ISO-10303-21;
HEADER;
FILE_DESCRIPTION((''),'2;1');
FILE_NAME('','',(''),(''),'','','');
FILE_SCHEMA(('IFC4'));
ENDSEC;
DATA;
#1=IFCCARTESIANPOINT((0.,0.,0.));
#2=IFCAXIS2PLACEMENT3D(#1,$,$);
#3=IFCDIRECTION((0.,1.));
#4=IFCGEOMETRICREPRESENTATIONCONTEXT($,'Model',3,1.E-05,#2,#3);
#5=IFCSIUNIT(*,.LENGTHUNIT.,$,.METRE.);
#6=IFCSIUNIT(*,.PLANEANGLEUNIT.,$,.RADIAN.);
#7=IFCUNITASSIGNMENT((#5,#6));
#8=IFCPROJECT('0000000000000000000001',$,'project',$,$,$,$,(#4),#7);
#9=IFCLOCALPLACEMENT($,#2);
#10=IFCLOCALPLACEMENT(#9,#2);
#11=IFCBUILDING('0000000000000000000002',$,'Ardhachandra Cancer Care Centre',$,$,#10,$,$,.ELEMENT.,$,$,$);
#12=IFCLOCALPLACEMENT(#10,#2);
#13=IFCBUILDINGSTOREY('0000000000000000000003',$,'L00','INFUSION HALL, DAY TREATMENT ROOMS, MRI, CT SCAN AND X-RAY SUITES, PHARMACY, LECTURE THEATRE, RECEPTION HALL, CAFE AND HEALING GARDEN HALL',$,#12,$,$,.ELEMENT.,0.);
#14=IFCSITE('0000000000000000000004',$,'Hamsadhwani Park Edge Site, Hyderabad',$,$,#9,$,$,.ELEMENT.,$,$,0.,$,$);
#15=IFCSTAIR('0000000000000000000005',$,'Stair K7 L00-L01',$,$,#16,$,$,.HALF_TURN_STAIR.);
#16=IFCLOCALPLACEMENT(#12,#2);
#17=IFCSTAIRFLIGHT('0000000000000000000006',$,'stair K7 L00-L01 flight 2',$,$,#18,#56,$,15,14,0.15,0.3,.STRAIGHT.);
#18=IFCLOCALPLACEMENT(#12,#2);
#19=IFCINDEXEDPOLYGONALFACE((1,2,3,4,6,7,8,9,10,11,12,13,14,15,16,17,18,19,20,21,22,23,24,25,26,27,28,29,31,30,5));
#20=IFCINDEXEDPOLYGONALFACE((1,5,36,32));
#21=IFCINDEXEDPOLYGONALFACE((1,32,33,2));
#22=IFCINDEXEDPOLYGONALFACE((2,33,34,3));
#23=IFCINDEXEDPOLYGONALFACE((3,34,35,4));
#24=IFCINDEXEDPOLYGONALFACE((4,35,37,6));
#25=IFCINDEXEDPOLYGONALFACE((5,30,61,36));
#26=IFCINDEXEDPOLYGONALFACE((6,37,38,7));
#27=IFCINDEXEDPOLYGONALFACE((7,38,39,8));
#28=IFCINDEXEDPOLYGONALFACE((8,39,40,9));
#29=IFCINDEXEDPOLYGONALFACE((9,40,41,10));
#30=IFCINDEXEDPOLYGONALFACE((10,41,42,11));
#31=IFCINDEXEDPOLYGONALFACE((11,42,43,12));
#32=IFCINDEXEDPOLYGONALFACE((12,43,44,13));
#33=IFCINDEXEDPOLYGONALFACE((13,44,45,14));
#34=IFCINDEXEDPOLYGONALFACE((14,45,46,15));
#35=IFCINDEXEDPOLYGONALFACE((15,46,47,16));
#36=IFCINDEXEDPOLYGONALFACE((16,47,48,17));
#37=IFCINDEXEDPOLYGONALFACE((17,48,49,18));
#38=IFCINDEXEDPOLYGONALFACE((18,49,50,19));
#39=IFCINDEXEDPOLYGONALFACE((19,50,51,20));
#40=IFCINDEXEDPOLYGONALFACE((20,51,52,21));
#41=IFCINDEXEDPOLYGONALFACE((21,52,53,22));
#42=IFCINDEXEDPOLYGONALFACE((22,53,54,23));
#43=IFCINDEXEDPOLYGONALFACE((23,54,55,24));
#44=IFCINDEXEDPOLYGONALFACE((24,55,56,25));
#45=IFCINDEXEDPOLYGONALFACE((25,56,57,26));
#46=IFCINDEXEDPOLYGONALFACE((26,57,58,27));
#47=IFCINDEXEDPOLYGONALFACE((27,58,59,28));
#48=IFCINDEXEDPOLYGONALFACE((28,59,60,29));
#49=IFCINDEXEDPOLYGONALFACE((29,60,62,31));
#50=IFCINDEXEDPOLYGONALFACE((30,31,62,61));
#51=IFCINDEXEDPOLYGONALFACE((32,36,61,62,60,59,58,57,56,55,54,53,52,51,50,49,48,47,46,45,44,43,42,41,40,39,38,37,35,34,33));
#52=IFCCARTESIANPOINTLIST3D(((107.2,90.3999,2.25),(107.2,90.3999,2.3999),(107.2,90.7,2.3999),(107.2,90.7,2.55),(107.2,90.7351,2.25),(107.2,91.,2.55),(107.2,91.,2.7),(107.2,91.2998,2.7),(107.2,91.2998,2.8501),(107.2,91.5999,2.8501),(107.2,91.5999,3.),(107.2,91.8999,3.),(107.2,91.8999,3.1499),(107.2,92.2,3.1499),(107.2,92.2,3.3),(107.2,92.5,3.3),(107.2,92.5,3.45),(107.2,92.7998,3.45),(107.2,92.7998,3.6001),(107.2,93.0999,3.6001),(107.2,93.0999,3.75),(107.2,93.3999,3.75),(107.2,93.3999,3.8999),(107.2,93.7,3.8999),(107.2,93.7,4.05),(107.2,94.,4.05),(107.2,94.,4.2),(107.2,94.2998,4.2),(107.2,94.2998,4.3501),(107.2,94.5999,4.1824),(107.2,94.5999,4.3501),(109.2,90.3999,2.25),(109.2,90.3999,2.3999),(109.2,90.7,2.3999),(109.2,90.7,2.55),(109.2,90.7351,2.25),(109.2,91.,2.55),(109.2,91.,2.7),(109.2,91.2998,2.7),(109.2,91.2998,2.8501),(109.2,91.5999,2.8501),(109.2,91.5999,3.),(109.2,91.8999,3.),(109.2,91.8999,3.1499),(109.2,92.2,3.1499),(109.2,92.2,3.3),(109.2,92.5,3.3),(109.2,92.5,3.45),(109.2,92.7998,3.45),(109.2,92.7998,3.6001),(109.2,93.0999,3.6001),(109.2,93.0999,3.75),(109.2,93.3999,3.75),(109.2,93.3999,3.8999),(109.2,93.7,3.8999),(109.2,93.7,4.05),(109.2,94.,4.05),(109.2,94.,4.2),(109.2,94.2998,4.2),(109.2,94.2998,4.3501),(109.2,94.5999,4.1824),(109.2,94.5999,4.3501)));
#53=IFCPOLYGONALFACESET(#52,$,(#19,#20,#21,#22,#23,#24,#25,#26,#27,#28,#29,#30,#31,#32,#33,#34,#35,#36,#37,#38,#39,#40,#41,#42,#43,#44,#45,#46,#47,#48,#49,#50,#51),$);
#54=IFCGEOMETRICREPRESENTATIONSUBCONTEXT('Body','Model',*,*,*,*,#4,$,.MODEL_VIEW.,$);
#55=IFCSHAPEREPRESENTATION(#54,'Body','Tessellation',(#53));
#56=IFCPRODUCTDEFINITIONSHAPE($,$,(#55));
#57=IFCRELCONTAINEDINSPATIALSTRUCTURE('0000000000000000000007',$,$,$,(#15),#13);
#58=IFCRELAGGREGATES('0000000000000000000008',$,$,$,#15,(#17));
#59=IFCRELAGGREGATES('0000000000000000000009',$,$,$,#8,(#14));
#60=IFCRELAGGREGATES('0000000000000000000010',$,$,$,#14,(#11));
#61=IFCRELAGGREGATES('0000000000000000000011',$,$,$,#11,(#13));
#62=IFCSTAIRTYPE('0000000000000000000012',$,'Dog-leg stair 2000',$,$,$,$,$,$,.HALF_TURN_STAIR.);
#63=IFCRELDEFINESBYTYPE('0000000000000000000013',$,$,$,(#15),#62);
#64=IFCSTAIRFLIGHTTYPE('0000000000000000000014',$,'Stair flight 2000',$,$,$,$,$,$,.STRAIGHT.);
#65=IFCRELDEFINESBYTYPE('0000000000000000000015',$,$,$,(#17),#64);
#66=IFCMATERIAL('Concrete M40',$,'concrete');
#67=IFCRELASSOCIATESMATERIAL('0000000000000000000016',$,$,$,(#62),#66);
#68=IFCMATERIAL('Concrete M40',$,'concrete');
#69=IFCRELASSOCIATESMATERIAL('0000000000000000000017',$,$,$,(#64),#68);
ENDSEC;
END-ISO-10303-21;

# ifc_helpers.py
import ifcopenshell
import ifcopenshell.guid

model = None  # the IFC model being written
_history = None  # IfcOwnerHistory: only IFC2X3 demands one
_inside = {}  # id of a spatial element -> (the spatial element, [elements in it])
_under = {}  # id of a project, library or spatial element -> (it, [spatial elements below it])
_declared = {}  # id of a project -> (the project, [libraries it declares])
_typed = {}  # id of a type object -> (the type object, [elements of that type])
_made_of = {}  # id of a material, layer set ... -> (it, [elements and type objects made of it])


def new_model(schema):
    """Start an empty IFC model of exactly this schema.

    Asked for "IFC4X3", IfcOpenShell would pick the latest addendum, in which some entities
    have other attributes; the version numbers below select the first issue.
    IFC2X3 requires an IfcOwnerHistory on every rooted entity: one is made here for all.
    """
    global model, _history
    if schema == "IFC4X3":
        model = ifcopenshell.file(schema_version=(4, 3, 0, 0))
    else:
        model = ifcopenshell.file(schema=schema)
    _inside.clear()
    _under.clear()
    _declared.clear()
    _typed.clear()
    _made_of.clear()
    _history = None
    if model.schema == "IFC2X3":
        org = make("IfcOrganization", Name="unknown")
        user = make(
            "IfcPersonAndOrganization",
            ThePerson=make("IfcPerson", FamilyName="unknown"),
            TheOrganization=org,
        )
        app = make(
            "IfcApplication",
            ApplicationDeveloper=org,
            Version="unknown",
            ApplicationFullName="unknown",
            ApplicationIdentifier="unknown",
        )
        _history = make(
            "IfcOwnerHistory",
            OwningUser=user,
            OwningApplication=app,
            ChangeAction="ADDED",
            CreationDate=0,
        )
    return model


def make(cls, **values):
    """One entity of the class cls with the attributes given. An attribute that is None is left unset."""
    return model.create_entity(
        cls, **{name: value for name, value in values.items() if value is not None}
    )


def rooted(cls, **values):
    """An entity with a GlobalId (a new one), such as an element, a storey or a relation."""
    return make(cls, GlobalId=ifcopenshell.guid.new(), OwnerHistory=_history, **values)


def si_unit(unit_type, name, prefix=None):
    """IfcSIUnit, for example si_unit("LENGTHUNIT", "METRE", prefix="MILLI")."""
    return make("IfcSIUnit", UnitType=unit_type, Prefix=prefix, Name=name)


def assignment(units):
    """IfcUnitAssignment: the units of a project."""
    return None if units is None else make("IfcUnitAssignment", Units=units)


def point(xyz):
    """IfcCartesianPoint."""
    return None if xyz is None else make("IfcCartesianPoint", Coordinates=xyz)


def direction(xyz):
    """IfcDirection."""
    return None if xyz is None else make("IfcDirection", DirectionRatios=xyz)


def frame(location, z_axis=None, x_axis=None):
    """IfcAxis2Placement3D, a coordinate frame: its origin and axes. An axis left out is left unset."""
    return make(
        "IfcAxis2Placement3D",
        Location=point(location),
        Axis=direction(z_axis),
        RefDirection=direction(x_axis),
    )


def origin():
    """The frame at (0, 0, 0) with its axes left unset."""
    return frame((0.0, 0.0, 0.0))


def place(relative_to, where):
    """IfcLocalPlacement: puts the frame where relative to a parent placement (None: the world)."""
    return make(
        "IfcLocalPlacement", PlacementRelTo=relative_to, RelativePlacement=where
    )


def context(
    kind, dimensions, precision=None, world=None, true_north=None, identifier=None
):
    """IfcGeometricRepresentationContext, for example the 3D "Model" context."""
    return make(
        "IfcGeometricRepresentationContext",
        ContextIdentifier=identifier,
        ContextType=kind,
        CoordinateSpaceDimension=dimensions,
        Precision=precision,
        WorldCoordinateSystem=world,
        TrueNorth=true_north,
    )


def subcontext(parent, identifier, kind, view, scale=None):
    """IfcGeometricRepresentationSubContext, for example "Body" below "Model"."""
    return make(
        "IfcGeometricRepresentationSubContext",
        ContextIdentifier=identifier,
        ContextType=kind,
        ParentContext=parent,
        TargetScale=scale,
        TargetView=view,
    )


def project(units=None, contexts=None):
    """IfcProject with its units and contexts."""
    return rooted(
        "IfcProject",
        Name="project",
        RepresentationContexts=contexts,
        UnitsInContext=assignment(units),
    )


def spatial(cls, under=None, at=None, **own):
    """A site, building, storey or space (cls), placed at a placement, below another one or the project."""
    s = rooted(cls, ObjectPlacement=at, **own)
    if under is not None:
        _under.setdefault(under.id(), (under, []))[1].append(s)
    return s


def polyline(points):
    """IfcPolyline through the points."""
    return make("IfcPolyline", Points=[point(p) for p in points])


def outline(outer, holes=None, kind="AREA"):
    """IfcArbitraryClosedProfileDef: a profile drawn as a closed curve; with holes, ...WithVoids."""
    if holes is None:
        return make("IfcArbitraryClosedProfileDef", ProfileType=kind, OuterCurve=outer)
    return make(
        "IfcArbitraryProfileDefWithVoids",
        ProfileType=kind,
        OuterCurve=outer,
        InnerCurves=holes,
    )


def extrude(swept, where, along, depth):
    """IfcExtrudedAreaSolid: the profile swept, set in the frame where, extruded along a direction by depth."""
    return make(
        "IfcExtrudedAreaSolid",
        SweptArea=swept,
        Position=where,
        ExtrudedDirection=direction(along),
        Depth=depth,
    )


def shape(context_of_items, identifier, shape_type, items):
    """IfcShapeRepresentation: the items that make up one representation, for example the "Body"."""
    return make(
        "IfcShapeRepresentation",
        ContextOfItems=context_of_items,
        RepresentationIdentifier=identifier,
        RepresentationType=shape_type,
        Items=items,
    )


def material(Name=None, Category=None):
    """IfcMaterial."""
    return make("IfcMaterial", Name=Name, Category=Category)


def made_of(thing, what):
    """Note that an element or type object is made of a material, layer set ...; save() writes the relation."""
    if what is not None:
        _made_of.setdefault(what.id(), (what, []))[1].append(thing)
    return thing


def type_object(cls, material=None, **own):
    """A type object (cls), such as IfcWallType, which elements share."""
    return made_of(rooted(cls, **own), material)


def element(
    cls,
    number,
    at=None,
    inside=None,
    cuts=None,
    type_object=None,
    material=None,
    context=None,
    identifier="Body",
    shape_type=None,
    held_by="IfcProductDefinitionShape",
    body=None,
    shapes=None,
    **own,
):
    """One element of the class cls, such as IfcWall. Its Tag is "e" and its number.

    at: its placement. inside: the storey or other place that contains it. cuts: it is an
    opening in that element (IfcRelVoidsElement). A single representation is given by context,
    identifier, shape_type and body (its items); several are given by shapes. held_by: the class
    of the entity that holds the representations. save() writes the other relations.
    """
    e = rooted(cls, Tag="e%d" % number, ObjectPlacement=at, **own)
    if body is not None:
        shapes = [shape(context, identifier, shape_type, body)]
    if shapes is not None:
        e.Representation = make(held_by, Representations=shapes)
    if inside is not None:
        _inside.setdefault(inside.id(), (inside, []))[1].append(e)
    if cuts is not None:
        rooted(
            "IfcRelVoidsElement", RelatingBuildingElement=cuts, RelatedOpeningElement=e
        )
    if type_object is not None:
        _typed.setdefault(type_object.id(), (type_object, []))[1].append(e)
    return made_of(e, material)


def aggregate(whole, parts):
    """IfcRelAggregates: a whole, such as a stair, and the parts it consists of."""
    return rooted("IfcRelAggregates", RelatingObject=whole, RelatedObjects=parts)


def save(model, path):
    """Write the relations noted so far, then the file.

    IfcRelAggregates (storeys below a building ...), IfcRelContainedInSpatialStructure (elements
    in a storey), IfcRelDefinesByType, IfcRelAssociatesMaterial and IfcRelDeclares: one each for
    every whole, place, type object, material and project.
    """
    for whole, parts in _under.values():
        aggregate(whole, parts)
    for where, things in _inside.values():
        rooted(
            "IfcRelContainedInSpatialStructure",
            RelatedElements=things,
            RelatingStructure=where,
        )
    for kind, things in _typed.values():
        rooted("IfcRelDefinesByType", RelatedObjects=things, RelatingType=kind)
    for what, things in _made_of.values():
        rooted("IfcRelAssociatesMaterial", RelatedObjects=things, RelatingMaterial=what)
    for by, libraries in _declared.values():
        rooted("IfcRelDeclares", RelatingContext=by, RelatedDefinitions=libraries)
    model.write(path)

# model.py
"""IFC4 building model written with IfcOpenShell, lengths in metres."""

from ifc_helpers import new_model, si_unit, direction, frame, origin, place, context, subcontext, project, spatial, polyline, outline, extrude, material, type_object, element, aggregate, save


model = new_model("IFC4")

# Units and contexts
model_context = context("Model", 3, precision=1e-05, world=origin(), true_north=direction((0.0, 1.0)))
body_context = subcontext(model_context, "Body", "Model", "MODEL_VIEW")
ifc_project = project(units=[si_unit("LENGTHUNIT", "METRE"), si_unit("PLANEANGLEUNIT", "RADIAN")], contexts=[model_context])

# Site, building, storey
site_placement = place(None, origin())
site = spatial("IfcSite", under=ifc_project, at=site_placement, Name="Hamsadhwani Park Edge Site, Hyderabad", CompositionType="ELEMENT", RefElevation=0.0)
building_placement = place(site_placement, origin())
building = spatial("IfcBuilding", under=site, at=building_placement, Name="Ardhachandra Cancer Care Centre", CompositionType="ELEMENT")
storey_placement = place(building_placement, origin())
storey = spatial("IfcBuildingStorey", under=building, at=storey_placement, Name="L00", Description="INFUSION HALL, DAY TREATMENT ROOMS, MRI, CT SCAN AND X-RAY SUITES, PHARMACY, LECTURE THEATRE, RECEPTION HALL, CAFE AND HEALING GARDEN HALL", CompositionType="ELEMENT", Elevation=0.0)

# Stair, stair flight
ifc_material_1 = material(Name="Concrete M40", Category="concrete")
stair_type = type_object("IfcStairType", Name="Dog-leg stair 2000", PredefinedType="HALF_TURN_STAIR", material=ifc_material_1)
stair_placement = place(storey_placement, origin())
stair = element("IfcStair", 1, at=stair_placement, inside=storey, type_object=stair_type, Name="Stair K7 L00-L01", PredefinedType="HALF_TURN_STAIR")
ifc_material_2 = material(Name="Concrete M40", Category="concrete")
stair_flight_type = type_object("IfcStairFlightType", Name="Stair flight 2000", PredefinedType="STRAIGHT", material=ifc_material_2)
stair_flight_placement = place(storey_placement, frame((108.2, 90.3999, 2.25), z_axis=(0.0, 0.0, 1.0), x_axis=(0.0, 1.0, 0.0)))
stair_flight = element("IfcStairFlight", 2, at=stair_flight_placement, type_object=stair_flight_type, Name="stair K7 L00-L01 flight 2", NumberOfRisers=15, NumberOfTreads=14, PredefinedType="STRAIGHT", RiserHeight=0.15, TreadLength=0.3, context=body_context, shape_type="SweptSolid", body=[
    extrude(outline(polyline([(0.0, 0.0), (0.0, 0.1499), (0.3, 0.1499), (0.3, 0.3), (0.6001, 0.3), (0.6001, 0.45), (0.8999, 0.45), (0.8999, 0.6001), (1.2, 0.6001), (1.2, 0.75), (1.5, 0.75), (1.5, 0.8999), (1.8, 0.8999), (1.8, 1.05), (2.1001, 1.05), (2.1001, 1.2), (2.3999, 1.2), (2.3999, 1.3501), (2.7, 1.3501), (2.7, 1.5), (3.0, 1.5), (3.0, 1.6499), (3.3, 1.6499), (3.3, 1.8), (3.6001, 1.8), (3.6001, 1.95), (3.8999, 1.95), (3.8999, 2.1001), (4.2, 2.1001), (4.2, 2.25), (4.2, 1.9324), (0.3352, 0.0), (0.0, 0.0)])), frame((0.0, 1.0, 0.0), z_axis=(0.0, -1.0, 0.0), x_axis=(1.0, 0.0, 0.0)), (0.0, 0.0, 1.0), 2.0),
])
aggregate(stair, [stair_flight])

save(model, "model.ifc")
